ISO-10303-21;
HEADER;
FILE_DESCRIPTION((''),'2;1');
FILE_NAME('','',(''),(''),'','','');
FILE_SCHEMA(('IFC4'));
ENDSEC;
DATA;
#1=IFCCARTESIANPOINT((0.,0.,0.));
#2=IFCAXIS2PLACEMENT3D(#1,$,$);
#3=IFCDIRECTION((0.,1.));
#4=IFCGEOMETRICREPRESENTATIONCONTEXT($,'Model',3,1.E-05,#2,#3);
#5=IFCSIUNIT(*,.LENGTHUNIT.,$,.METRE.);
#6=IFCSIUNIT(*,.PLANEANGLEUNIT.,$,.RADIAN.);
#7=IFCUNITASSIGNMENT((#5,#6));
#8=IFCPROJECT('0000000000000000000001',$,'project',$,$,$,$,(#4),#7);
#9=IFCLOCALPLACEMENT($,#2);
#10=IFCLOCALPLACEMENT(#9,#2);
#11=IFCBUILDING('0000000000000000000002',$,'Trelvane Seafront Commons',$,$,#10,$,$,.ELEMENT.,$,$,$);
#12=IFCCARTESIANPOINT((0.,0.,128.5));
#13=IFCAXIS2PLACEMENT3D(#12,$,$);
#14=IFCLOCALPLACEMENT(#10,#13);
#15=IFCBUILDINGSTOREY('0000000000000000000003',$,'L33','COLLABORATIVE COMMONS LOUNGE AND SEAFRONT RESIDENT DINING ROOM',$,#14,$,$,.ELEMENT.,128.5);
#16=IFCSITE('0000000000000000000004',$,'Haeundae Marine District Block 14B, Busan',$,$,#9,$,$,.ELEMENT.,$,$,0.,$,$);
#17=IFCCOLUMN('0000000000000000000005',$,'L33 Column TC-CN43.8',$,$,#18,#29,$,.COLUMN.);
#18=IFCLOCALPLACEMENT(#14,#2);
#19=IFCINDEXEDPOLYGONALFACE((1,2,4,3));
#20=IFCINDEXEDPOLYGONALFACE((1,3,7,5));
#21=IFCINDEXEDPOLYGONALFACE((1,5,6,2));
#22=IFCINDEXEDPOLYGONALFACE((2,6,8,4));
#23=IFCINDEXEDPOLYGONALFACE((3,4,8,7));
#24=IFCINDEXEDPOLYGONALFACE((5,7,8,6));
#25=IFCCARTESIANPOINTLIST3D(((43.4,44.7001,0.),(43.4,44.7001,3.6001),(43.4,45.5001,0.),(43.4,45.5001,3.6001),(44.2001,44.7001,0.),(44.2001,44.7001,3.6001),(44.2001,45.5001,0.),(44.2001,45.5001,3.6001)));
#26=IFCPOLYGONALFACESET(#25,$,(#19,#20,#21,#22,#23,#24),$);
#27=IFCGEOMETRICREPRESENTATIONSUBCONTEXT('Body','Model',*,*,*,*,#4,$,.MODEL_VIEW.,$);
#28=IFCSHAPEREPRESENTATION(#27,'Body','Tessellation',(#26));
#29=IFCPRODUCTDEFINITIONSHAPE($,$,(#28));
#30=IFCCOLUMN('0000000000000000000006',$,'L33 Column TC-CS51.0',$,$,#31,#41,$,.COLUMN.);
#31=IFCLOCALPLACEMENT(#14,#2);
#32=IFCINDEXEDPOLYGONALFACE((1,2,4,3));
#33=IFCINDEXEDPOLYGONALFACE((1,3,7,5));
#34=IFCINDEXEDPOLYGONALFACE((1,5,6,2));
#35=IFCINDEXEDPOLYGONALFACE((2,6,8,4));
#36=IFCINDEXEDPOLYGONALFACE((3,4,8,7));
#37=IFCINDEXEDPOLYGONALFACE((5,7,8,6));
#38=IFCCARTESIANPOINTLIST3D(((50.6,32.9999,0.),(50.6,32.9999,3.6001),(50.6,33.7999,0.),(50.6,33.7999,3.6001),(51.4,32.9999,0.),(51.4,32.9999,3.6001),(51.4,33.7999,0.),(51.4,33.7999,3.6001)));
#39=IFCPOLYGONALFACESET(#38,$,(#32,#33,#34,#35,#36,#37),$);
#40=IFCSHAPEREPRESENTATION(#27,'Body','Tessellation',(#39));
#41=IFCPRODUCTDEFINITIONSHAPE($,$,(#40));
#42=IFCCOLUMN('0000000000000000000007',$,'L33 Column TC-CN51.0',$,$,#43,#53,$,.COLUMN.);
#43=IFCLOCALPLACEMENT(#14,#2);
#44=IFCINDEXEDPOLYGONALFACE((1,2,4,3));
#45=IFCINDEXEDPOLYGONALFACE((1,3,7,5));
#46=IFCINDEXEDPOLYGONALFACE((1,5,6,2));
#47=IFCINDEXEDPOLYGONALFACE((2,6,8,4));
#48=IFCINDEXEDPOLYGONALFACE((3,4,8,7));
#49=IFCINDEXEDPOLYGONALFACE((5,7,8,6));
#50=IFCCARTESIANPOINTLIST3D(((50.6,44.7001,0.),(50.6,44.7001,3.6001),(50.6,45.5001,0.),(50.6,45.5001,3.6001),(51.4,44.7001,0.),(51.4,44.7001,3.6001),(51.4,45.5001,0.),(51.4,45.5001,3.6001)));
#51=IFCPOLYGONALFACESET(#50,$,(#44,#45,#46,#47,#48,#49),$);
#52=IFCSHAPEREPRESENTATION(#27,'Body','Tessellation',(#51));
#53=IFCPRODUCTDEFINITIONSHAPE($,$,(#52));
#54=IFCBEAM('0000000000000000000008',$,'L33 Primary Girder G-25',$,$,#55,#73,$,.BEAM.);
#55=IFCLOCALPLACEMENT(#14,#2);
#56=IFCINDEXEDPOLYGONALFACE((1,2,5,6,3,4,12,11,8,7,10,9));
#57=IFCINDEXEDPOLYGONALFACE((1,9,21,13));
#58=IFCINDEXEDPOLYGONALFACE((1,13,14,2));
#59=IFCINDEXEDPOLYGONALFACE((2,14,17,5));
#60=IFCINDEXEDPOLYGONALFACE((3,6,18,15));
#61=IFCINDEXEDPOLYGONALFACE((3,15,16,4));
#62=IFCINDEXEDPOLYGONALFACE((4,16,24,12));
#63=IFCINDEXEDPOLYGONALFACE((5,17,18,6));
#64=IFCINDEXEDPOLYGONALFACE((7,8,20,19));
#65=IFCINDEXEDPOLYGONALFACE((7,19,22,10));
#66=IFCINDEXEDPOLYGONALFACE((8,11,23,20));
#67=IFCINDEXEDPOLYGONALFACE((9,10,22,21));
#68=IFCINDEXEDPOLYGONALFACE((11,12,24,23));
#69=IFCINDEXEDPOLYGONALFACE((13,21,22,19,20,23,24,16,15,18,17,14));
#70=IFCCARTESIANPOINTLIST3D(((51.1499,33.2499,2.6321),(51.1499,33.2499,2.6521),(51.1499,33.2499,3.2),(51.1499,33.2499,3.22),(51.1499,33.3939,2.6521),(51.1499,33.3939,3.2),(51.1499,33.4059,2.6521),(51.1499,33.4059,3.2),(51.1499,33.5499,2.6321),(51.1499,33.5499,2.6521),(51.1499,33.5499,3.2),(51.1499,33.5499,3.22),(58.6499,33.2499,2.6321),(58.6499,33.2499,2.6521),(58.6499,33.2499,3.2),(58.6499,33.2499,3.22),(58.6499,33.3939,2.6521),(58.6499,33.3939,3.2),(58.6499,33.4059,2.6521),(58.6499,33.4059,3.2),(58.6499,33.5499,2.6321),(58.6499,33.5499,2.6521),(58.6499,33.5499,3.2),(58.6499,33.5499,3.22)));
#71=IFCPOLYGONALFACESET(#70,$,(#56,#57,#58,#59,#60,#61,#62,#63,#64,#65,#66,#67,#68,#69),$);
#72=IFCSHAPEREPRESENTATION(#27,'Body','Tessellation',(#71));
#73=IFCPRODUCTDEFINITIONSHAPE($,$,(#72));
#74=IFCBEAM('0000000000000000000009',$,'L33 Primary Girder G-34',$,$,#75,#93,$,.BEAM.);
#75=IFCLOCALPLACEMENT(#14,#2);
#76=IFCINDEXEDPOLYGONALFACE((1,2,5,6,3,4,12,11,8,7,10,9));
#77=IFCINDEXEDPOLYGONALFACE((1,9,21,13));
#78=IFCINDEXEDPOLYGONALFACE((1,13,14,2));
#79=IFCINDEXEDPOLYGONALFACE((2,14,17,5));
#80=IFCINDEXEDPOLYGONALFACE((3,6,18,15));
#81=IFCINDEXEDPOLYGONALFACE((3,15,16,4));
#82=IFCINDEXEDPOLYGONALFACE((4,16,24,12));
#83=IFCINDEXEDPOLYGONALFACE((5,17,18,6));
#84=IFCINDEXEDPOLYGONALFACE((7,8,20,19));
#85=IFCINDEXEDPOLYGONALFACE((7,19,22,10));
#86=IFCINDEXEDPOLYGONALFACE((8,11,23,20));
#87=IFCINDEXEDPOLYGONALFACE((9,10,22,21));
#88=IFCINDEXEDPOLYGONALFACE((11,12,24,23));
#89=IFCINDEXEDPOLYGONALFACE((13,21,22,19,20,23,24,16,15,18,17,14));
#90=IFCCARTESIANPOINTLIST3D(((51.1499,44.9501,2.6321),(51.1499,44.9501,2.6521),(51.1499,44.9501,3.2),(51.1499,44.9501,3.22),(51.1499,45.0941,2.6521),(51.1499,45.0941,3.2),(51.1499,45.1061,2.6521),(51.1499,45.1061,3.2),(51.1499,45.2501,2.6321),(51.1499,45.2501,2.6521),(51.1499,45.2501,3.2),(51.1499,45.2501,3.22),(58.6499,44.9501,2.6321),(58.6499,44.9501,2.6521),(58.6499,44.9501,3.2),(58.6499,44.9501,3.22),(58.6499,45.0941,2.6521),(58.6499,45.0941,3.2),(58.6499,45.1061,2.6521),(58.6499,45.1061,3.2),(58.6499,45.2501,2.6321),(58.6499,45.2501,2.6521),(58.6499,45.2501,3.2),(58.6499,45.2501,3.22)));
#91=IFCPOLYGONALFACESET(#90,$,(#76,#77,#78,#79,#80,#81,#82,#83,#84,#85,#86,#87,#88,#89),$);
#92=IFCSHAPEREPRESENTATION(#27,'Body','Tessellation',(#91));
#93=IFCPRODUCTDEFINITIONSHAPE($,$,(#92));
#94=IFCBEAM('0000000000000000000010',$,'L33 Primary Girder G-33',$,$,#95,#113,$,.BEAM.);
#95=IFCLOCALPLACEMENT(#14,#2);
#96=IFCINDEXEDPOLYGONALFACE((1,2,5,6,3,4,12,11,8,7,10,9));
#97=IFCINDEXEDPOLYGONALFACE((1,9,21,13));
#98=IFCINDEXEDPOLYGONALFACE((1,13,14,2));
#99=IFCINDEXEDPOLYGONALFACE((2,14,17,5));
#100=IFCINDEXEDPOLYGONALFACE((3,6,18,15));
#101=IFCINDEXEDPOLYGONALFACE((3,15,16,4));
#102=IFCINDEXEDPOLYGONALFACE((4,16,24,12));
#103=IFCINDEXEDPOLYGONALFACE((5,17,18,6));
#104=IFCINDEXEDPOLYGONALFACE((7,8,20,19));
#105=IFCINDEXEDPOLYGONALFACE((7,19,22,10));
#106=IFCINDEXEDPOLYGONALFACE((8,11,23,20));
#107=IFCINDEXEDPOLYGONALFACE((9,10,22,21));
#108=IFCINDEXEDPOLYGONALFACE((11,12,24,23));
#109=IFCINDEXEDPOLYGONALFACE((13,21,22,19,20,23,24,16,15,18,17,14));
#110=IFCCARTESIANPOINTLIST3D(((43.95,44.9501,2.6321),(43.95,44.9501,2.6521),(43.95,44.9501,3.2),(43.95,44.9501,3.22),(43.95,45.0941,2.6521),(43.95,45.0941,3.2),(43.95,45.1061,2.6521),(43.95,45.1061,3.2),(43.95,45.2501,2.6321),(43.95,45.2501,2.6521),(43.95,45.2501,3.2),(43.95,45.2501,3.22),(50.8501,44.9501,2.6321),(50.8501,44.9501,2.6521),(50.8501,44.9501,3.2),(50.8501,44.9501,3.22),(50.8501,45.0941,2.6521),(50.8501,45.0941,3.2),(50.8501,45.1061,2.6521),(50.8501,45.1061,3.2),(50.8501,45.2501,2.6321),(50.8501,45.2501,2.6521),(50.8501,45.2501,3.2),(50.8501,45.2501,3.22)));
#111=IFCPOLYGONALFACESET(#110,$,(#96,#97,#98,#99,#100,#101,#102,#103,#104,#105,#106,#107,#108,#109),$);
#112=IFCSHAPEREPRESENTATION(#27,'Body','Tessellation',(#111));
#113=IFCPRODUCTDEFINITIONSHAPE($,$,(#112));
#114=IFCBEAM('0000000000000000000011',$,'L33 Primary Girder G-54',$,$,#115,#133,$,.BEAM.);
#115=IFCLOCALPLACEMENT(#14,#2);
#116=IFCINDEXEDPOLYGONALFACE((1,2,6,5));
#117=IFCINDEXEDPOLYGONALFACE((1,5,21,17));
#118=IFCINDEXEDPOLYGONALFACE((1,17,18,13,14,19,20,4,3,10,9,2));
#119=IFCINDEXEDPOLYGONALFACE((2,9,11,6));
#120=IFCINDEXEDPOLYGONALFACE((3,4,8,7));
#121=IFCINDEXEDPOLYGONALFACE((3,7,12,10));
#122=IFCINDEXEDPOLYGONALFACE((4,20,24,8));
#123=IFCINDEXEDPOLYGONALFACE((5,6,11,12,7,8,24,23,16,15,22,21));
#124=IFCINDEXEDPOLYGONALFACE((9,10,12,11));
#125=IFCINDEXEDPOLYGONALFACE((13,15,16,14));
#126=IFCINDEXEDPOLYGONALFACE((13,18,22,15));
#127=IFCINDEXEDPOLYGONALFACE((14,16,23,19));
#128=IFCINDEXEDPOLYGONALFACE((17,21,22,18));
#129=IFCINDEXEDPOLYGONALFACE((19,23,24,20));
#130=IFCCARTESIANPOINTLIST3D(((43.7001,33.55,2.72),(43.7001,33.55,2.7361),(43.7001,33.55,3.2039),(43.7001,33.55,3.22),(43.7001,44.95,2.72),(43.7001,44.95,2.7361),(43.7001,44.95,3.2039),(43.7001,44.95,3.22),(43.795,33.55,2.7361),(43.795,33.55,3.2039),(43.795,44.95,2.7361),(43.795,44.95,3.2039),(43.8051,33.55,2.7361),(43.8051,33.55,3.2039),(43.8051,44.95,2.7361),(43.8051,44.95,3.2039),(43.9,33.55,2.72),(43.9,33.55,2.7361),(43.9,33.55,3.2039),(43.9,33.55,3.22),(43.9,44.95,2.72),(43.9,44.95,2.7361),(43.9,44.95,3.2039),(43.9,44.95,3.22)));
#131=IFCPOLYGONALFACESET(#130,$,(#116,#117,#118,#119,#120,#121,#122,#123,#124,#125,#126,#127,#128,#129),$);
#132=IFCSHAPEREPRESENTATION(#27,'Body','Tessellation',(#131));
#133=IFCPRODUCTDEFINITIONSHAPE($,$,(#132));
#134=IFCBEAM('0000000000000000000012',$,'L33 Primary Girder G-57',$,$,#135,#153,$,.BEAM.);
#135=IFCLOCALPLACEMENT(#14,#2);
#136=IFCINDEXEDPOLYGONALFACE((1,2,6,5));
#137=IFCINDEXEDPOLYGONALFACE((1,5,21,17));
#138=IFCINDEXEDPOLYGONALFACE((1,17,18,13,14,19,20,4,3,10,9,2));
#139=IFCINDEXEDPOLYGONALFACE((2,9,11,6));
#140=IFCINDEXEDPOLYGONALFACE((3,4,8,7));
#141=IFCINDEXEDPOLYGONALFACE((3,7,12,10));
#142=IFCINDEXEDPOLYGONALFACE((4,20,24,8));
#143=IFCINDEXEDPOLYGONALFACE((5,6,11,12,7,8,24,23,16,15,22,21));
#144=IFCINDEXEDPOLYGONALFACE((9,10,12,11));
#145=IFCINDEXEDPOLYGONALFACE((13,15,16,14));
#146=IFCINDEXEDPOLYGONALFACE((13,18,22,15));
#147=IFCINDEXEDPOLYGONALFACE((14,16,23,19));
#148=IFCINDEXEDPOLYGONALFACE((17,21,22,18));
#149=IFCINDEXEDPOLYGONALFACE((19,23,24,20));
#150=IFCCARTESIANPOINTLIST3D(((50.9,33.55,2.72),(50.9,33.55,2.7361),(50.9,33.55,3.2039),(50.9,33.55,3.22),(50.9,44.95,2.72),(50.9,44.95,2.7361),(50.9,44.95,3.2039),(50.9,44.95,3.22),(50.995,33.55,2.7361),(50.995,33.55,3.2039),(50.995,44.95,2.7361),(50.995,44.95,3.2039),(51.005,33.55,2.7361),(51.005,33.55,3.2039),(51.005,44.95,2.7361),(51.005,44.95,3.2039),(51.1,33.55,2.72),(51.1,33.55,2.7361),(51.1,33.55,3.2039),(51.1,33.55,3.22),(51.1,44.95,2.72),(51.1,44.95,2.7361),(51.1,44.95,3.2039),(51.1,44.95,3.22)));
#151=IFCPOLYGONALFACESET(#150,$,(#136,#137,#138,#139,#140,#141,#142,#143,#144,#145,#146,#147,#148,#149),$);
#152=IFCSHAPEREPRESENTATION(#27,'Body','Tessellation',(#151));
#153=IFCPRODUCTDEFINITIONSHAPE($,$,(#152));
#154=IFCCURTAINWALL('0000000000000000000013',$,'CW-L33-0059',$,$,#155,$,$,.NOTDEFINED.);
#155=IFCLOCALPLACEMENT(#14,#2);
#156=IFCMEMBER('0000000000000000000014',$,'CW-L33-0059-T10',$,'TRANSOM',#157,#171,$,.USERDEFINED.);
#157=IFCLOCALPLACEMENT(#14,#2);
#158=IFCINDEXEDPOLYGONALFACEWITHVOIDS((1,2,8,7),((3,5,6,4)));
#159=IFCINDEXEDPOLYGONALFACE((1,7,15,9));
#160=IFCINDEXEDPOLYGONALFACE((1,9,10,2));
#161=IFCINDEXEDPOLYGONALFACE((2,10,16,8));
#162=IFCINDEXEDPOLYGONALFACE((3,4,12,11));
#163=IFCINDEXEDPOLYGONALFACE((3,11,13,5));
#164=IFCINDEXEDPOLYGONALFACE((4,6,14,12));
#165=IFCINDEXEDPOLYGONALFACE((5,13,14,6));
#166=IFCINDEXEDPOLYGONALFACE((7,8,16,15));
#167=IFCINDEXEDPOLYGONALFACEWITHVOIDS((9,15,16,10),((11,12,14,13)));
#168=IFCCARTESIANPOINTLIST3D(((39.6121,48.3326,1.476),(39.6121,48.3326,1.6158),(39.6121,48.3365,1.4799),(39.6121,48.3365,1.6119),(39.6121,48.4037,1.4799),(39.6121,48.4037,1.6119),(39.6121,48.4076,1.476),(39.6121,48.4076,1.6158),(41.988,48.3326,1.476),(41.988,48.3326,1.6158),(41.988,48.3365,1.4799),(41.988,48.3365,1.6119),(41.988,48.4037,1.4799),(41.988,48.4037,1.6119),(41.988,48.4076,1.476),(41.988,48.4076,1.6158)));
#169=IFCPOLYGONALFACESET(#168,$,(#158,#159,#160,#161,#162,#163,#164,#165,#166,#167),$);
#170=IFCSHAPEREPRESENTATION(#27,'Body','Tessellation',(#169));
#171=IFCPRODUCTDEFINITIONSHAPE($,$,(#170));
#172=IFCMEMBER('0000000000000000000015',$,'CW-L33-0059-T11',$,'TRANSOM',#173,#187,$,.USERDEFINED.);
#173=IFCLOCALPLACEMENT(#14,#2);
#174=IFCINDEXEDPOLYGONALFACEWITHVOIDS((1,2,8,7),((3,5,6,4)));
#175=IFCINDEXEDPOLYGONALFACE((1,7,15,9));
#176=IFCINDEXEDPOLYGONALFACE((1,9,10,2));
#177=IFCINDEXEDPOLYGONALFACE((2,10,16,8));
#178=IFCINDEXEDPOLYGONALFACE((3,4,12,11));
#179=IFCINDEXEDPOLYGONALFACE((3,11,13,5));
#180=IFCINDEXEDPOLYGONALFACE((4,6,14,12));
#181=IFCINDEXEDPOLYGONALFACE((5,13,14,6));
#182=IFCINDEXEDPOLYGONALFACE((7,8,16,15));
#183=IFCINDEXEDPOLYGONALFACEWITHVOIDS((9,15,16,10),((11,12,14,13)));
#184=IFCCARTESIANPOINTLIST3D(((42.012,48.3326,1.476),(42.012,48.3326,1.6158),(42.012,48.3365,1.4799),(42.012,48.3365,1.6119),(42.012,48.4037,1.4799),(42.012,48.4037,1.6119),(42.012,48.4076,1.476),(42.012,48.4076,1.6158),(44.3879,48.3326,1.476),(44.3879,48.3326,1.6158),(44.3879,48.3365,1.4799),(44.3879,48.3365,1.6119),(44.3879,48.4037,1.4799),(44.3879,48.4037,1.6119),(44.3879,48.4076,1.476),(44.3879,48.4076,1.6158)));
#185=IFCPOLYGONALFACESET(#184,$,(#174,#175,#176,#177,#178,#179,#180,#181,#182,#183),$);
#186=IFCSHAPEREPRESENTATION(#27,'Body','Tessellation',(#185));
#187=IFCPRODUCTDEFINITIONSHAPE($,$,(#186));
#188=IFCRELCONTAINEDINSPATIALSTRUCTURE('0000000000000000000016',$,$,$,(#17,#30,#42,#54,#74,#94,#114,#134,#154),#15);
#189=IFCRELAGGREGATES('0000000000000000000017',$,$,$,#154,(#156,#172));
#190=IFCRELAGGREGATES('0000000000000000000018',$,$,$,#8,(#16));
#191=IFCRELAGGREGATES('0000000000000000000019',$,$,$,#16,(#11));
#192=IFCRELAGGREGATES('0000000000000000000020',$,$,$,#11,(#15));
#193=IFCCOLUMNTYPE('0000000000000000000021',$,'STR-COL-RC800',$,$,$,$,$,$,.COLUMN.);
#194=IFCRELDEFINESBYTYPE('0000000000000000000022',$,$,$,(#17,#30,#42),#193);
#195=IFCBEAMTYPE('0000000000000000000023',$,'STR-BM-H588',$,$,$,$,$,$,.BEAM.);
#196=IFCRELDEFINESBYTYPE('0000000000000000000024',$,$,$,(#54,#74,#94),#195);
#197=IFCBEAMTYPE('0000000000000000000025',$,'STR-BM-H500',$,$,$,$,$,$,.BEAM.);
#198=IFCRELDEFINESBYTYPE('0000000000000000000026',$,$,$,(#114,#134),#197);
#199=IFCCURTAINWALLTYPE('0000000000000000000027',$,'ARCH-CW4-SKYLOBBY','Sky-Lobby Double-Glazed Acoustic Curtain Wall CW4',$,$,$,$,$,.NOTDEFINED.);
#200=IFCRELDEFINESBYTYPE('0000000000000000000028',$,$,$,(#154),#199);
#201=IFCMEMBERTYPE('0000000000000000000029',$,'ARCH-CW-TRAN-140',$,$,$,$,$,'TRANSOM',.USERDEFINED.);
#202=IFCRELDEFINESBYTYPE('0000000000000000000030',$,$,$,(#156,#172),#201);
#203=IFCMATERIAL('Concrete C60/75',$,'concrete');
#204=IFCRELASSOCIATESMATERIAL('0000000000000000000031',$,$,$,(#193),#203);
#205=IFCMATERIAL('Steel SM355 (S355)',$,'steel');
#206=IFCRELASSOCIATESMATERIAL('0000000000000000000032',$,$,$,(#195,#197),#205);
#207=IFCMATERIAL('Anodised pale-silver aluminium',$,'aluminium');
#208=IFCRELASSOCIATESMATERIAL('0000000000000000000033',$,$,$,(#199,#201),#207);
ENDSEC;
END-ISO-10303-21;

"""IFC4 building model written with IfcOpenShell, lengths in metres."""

from ifc_helpers import new_model, si_unit, direction, frame, origin, origin_2d, place, context, subcontext, project, spatial, rectangle, hollow_rectangle, i_section, extrude, source, transform, mapped, material, material_profile, profile_set, type_object, element, aggregate, save


model = new_model("IFC4")

# Units and contexts
model_context = context("Model", 3, precision=1e-05, world=origin(), true_north=direction((0.0, 1.0)))
body_context = subcontext(model_context, "Body", "Model", "MODEL_VIEW")
ifc_project = project(units=[si_unit("LENGTHUNIT", "METRE"), si_unit("PLANEANGLEUNIT", "RADIAN")], contexts=[model_context])

# Site, building, storey
site_placement = place(None, origin())
site = spatial("IfcSite", under=ifc_project, at=site_placement, Name="Haeundae Marine District Block 14B, Busan", CompositionType="ELEMENT", RefElevation=0.0)
building_placement = place(site_placement, origin())
building = spatial("IfcBuilding", under=site, at=building_placement, Name="Trelvane Seafront Commons", CompositionType="ELEMENT")
storey_placement = place(building_placement, frame((0.0, 0.0, 128.5)))
storey = spatial("IfcBuildingStorey", under=building, at=storey_placement, Name="L33", Description="COLLABORATIVE COMMONS LOUNGE AND SEAFRONT RESIDENT DINING ROOM", CompositionType="ELEMENT", Elevation=128.5)

# Columns
ifc_material_1 = material(Name="Concrete C60/75", Category="concrete")
ifc_material_profile_1 = material_profile(ifc_material_1, rectangle(XDim=0.8, YDim=0.8, at=origin_2d()), Name="RC-800x800")
ifc_profile_set_1 = profile_set([ifc_material_profile_1], Name="Concrete C60/75")
column_type = type_object("IfcColumnType", Name="STR-COL-RC800", PredefinedType="COLUMN", material=ifc_profile_set_1)
shared_shape_1 = source(origin(), body_context, "Body", "SweptSolid", [
    extrude(rectangle(XDim=0.8, YDim=0.8, at=origin_2d()), origin(), (0.0, 0.0, 1.0), 3.6001),
])
for number, where, z_axis, x_axis, name in (
    (1, (43.8, 45.1001, 0.0), (0.0, 0.0, 1.0), (1.0, 0.0, 0.0), "L33 Column TC-CN43.8"),
    (2, (51.0, 33.3999, 0.0), (0.0, 0.0, 1.0), (1.0, 0.0, 0.0), "L33 Column TC-CS51.0"),
    (3, (51.0, 45.1001, 0.0), (0.0, 0.0, 1.0), (1.0, 0.0, 0.0), "L33 Column TC-CN51.0"),
):
    element("IfcColumn", number, at=place(storey_placement, frame(where, z_axis=z_axis, x_axis=x_axis)), inside=storey, type_object=column_type, Name=name, PredefinedType="COLUMN", context=body_context, shape_type="MappedRepresentation", body=[
        mapped(shared_shape_1, transform((0.0, 0.0, 0.0), x_axis=(1.0, 0.0, 0.0), y_axis=(0.0, 1.0, 0.0), z_axis=(0.0, 0.0, 1.0), scale=1.0)),
    ])

# Beams
ifc_material_2 = material(Name="Steel SM355 (S355)", Category="steel")
ifc_material_profile_2 = material_profile(ifc_material_2, i_section(OverallWidth=0.3, OverallDepth=0.5879, WebThickness=0.012, FlangeThickness=0.02, at=origin_2d()), Name="H-588x300x12x20")
ifc_profile_set_2 = profile_set([ifc_material_profile_2], Name="Steel SM355 (S355)")
beam_type_1 = type_object("IfcBeamType", Name="STR-BM-H588", PredefinedType="BEAM", material=ifc_profile_set_2)
shared_shape_2 = source(origin(), body_context, "Body", "SweptSolid", [
    extrude(i_section(OverallWidth=0.3, OverallDepth=0.5879, WebThickness=0.012, FlangeThickness=0.02, at=origin_2d()), origin(), (0.0, 0.0, 1.0), 7.5),
])
for number, where, z_axis, x_axis, name in (
    (4, (51.1499, 33.3999, 2.926), (1.0, 0.0, 0.0), (0.0, 1.0, 0.0), "L33 Primary Girder G-25"),
    (5, (51.1499, 45.1001, 2.926), (1.0, 0.0, 0.0), (0.0, 1.0, 0.0), "L33 Primary Girder G-34"),
):
    element("IfcBeam", number, at=place(storey_placement, frame(where, z_axis=z_axis, x_axis=x_axis)), inside=storey, type_object=beam_type_1, Name=name, PredefinedType="BEAM", context=body_context, shape_type="MappedRepresentation", body=[
        mapped(shared_shape_2, transform((0.0, 0.0, 0.0), x_axis=(1.0, 0.0, 0.0), y_axis=(0.0, 1.0, 0.0), z_axis=(0.0, 0.0, 1.0), scale=1.0)),
    ])
shared_shape_3 = source(origin(), body_context, "Body", "SweptSolid", [
    extrude(i_section(OverallWidth=0.3, OverallDepth=0.5879, WebThickness=0.012, FlangeThickness=0.02, at=origin_2d()), origin(), (0.0, 0.0, 1.0), 6.9001),
])
beam_placement = place(storey_placement, frame((43.95, 45.1001, 2.926), z_axis=(1.0, 0.0, 0.0), x_axis=(0.0, 1.0, 0.0)))
element("IfcBeam", 6, at=beam_placement, inside=storey, type_object=beam_type_1, Name="L33 Primary Girder G-33", PredefinedType="BEAM", context=body_context, shape_type="MappedRepresentation", body=[
    mapped(shared_shape_3, transform((0.0, 0.0, 0.0), x_axis=(1.0, 0.0, 0.0), y_axis=(0.0, 1.0, 0.0), z_axis=(0.0, 0.0, 1.0), scale=1.0)),
])
ifc_material_profile_3 = material_profile(ifc_material_2, i_section(OverallWidth=0.2, OverallDepth=0.5, WebThickness=0.01, FlangeThickness=0.0161, at=origin_2d()), Name="H-500x200x10x16")
ifc_profile_set_3 = profile_set([ifc_material_profile_3], Name="Steel SM355 (S355)")
beam_type_2 = type_object("IfcBeamType", Name="STR-BM-H500", PredefinedType="BEAM", material=ifc_profile_set_3)
shared_shape_4 = source(origin(), body_context, "Body", "SweptSolid", [
    extrude(i_section(OverallWidth=0.2, OverallDepth=0.5, WebThickness=0.01, FlangeThickness=0.0161, at=origin_2d()), origin(), (0.0, 0.0, 1.0), 11.3999),
])
for number, where, z_axis, x_axis, name in (
    (7, (43.8, 33.55, 2.97), (0.0, 1.0, 0.0), (-1.0, 0.0, 0.0), "L33 Primary Girder G-54"),
    (8, (51.0, 33.55, 2.97), (0.0, 1.0, 0.0), (-1.0, 0.0, 0.0), "L33 Primary Girder G-57"),
):
    element("IfcBeam", number, at=place(storey_placement, frame(where, z_axis=z_axis, x_axis=x_axis)), inside=storey, type_object=beam_type_2, Name=name, PredefinedType="BEAM", context=body_context, shape_type="MappedRepresentation", body=[
        mapped(shared_shape_4, transform((0.0, 0.0, 0.0), x_axis=(1.0, 0.0, 0.0), y_axis=(0.0, 1.0, 0.0), z_axis=(0.0, 0.0, 1.0), scale=1.0)),
    ])

# Curtain wall, members
ifc_material_3 = material(Name="Anodised pale-silver aluminium", Category="aluminium")
curtain_wall_type = type_object("IfcCurtainWallType", Name="ARCH-CW4-SKYLOBBY", Description="Sky-Lobby Double-Glazed Acoustic Curtain Wall CW4", PredefinedType="NOTDEFINED", material=ifc_material_3)
curtain_wall_placement = place(storey_placement, origin())
curtain_wall = element("IfcCurtainWall", 9, at=curtain_wall_placement, inside=storey, type_object=curtain_wall_type, Name="CW-L33-0059", PredefinedType="NOTDEFINED")
ifc_material_profile_4 = material_profile(ifc_material_3, hollow_rectangle(XDim=0.075, YDim=0.1399, WallThickness=0.0039, at=origin_2d()), Name="TRAN-75x140x4")
ifc_profile_set_4 = profile_set([ifc_material_profile_4], Name="Anodised pale-silver aluminium")
member_type_1 = type_object("IfcMemberType", Name="ARCH-CW-TRAN-140", ElementType="TRANSOM", PredefinedType="USERDEFINED", material=ifc_profile_set_4)
shared_shape_5 = source(origin(), body_context, "Body", "SweptSolid", [
    extrude(hollow_rectangle(XDim=0.075, YDim=0.1399, WallThickness=0.0039, at=origin_2d()), origin(), (0.0, 0.0, 1.0), 2.376),
])
member_1_placement = place(storey_placement, frame((39.6121, 48.3701, 1.5459), z_axis=(1.0, 0.0, 0.0), x_axis=(0.0, 1.0, 0.0)))
member_1 = element("IfcMember", 10, at=member_1_placement, type_object=member_type_1, Name="CW-L33-0059-T10", ObjectType="TRANSOM", PredefinedType="USERDEFINED", context=body_context, shape_type="MappedRepresentation", body=[
    mapped(shared_shape_5, transform((0.0, 0.0, 0.0), x_axis=(1.0, 0.0, 0.0), y_axis=(0.0, 1.0, 0.0), z_axis=(0.0, 0.0, 1.0), scale=1.0)),
])
member_2_placement = place(storey_placement, frame((42.012, 48.3701, 1.5459), z_axis=(1.0, 0.0, 0.0), x_axis=(0.0, 1.0, 0.0)))
member_2 = element("IfcMember", 11, at=member_2_placement, type_object=member_type_1, Name="CW-L33-0059-T11", ObjectType="TRANSOM", PredefinedType="USERDEFINED", context=body_context, shape_type="MappedRepresentation", body=[
    mapped(shared_shape_5, transform((0.0, 0.0, 0.0), x_axis=(1.0, 0.0, 0.0), y_axis=(0.0, 1.0, 0.0), z_axis=(0.0, 0.0, 1.0), scale=1.0)),
])
aggregate(curtain_wall, [member_1, member_2])

save(model, "model.ifc")
